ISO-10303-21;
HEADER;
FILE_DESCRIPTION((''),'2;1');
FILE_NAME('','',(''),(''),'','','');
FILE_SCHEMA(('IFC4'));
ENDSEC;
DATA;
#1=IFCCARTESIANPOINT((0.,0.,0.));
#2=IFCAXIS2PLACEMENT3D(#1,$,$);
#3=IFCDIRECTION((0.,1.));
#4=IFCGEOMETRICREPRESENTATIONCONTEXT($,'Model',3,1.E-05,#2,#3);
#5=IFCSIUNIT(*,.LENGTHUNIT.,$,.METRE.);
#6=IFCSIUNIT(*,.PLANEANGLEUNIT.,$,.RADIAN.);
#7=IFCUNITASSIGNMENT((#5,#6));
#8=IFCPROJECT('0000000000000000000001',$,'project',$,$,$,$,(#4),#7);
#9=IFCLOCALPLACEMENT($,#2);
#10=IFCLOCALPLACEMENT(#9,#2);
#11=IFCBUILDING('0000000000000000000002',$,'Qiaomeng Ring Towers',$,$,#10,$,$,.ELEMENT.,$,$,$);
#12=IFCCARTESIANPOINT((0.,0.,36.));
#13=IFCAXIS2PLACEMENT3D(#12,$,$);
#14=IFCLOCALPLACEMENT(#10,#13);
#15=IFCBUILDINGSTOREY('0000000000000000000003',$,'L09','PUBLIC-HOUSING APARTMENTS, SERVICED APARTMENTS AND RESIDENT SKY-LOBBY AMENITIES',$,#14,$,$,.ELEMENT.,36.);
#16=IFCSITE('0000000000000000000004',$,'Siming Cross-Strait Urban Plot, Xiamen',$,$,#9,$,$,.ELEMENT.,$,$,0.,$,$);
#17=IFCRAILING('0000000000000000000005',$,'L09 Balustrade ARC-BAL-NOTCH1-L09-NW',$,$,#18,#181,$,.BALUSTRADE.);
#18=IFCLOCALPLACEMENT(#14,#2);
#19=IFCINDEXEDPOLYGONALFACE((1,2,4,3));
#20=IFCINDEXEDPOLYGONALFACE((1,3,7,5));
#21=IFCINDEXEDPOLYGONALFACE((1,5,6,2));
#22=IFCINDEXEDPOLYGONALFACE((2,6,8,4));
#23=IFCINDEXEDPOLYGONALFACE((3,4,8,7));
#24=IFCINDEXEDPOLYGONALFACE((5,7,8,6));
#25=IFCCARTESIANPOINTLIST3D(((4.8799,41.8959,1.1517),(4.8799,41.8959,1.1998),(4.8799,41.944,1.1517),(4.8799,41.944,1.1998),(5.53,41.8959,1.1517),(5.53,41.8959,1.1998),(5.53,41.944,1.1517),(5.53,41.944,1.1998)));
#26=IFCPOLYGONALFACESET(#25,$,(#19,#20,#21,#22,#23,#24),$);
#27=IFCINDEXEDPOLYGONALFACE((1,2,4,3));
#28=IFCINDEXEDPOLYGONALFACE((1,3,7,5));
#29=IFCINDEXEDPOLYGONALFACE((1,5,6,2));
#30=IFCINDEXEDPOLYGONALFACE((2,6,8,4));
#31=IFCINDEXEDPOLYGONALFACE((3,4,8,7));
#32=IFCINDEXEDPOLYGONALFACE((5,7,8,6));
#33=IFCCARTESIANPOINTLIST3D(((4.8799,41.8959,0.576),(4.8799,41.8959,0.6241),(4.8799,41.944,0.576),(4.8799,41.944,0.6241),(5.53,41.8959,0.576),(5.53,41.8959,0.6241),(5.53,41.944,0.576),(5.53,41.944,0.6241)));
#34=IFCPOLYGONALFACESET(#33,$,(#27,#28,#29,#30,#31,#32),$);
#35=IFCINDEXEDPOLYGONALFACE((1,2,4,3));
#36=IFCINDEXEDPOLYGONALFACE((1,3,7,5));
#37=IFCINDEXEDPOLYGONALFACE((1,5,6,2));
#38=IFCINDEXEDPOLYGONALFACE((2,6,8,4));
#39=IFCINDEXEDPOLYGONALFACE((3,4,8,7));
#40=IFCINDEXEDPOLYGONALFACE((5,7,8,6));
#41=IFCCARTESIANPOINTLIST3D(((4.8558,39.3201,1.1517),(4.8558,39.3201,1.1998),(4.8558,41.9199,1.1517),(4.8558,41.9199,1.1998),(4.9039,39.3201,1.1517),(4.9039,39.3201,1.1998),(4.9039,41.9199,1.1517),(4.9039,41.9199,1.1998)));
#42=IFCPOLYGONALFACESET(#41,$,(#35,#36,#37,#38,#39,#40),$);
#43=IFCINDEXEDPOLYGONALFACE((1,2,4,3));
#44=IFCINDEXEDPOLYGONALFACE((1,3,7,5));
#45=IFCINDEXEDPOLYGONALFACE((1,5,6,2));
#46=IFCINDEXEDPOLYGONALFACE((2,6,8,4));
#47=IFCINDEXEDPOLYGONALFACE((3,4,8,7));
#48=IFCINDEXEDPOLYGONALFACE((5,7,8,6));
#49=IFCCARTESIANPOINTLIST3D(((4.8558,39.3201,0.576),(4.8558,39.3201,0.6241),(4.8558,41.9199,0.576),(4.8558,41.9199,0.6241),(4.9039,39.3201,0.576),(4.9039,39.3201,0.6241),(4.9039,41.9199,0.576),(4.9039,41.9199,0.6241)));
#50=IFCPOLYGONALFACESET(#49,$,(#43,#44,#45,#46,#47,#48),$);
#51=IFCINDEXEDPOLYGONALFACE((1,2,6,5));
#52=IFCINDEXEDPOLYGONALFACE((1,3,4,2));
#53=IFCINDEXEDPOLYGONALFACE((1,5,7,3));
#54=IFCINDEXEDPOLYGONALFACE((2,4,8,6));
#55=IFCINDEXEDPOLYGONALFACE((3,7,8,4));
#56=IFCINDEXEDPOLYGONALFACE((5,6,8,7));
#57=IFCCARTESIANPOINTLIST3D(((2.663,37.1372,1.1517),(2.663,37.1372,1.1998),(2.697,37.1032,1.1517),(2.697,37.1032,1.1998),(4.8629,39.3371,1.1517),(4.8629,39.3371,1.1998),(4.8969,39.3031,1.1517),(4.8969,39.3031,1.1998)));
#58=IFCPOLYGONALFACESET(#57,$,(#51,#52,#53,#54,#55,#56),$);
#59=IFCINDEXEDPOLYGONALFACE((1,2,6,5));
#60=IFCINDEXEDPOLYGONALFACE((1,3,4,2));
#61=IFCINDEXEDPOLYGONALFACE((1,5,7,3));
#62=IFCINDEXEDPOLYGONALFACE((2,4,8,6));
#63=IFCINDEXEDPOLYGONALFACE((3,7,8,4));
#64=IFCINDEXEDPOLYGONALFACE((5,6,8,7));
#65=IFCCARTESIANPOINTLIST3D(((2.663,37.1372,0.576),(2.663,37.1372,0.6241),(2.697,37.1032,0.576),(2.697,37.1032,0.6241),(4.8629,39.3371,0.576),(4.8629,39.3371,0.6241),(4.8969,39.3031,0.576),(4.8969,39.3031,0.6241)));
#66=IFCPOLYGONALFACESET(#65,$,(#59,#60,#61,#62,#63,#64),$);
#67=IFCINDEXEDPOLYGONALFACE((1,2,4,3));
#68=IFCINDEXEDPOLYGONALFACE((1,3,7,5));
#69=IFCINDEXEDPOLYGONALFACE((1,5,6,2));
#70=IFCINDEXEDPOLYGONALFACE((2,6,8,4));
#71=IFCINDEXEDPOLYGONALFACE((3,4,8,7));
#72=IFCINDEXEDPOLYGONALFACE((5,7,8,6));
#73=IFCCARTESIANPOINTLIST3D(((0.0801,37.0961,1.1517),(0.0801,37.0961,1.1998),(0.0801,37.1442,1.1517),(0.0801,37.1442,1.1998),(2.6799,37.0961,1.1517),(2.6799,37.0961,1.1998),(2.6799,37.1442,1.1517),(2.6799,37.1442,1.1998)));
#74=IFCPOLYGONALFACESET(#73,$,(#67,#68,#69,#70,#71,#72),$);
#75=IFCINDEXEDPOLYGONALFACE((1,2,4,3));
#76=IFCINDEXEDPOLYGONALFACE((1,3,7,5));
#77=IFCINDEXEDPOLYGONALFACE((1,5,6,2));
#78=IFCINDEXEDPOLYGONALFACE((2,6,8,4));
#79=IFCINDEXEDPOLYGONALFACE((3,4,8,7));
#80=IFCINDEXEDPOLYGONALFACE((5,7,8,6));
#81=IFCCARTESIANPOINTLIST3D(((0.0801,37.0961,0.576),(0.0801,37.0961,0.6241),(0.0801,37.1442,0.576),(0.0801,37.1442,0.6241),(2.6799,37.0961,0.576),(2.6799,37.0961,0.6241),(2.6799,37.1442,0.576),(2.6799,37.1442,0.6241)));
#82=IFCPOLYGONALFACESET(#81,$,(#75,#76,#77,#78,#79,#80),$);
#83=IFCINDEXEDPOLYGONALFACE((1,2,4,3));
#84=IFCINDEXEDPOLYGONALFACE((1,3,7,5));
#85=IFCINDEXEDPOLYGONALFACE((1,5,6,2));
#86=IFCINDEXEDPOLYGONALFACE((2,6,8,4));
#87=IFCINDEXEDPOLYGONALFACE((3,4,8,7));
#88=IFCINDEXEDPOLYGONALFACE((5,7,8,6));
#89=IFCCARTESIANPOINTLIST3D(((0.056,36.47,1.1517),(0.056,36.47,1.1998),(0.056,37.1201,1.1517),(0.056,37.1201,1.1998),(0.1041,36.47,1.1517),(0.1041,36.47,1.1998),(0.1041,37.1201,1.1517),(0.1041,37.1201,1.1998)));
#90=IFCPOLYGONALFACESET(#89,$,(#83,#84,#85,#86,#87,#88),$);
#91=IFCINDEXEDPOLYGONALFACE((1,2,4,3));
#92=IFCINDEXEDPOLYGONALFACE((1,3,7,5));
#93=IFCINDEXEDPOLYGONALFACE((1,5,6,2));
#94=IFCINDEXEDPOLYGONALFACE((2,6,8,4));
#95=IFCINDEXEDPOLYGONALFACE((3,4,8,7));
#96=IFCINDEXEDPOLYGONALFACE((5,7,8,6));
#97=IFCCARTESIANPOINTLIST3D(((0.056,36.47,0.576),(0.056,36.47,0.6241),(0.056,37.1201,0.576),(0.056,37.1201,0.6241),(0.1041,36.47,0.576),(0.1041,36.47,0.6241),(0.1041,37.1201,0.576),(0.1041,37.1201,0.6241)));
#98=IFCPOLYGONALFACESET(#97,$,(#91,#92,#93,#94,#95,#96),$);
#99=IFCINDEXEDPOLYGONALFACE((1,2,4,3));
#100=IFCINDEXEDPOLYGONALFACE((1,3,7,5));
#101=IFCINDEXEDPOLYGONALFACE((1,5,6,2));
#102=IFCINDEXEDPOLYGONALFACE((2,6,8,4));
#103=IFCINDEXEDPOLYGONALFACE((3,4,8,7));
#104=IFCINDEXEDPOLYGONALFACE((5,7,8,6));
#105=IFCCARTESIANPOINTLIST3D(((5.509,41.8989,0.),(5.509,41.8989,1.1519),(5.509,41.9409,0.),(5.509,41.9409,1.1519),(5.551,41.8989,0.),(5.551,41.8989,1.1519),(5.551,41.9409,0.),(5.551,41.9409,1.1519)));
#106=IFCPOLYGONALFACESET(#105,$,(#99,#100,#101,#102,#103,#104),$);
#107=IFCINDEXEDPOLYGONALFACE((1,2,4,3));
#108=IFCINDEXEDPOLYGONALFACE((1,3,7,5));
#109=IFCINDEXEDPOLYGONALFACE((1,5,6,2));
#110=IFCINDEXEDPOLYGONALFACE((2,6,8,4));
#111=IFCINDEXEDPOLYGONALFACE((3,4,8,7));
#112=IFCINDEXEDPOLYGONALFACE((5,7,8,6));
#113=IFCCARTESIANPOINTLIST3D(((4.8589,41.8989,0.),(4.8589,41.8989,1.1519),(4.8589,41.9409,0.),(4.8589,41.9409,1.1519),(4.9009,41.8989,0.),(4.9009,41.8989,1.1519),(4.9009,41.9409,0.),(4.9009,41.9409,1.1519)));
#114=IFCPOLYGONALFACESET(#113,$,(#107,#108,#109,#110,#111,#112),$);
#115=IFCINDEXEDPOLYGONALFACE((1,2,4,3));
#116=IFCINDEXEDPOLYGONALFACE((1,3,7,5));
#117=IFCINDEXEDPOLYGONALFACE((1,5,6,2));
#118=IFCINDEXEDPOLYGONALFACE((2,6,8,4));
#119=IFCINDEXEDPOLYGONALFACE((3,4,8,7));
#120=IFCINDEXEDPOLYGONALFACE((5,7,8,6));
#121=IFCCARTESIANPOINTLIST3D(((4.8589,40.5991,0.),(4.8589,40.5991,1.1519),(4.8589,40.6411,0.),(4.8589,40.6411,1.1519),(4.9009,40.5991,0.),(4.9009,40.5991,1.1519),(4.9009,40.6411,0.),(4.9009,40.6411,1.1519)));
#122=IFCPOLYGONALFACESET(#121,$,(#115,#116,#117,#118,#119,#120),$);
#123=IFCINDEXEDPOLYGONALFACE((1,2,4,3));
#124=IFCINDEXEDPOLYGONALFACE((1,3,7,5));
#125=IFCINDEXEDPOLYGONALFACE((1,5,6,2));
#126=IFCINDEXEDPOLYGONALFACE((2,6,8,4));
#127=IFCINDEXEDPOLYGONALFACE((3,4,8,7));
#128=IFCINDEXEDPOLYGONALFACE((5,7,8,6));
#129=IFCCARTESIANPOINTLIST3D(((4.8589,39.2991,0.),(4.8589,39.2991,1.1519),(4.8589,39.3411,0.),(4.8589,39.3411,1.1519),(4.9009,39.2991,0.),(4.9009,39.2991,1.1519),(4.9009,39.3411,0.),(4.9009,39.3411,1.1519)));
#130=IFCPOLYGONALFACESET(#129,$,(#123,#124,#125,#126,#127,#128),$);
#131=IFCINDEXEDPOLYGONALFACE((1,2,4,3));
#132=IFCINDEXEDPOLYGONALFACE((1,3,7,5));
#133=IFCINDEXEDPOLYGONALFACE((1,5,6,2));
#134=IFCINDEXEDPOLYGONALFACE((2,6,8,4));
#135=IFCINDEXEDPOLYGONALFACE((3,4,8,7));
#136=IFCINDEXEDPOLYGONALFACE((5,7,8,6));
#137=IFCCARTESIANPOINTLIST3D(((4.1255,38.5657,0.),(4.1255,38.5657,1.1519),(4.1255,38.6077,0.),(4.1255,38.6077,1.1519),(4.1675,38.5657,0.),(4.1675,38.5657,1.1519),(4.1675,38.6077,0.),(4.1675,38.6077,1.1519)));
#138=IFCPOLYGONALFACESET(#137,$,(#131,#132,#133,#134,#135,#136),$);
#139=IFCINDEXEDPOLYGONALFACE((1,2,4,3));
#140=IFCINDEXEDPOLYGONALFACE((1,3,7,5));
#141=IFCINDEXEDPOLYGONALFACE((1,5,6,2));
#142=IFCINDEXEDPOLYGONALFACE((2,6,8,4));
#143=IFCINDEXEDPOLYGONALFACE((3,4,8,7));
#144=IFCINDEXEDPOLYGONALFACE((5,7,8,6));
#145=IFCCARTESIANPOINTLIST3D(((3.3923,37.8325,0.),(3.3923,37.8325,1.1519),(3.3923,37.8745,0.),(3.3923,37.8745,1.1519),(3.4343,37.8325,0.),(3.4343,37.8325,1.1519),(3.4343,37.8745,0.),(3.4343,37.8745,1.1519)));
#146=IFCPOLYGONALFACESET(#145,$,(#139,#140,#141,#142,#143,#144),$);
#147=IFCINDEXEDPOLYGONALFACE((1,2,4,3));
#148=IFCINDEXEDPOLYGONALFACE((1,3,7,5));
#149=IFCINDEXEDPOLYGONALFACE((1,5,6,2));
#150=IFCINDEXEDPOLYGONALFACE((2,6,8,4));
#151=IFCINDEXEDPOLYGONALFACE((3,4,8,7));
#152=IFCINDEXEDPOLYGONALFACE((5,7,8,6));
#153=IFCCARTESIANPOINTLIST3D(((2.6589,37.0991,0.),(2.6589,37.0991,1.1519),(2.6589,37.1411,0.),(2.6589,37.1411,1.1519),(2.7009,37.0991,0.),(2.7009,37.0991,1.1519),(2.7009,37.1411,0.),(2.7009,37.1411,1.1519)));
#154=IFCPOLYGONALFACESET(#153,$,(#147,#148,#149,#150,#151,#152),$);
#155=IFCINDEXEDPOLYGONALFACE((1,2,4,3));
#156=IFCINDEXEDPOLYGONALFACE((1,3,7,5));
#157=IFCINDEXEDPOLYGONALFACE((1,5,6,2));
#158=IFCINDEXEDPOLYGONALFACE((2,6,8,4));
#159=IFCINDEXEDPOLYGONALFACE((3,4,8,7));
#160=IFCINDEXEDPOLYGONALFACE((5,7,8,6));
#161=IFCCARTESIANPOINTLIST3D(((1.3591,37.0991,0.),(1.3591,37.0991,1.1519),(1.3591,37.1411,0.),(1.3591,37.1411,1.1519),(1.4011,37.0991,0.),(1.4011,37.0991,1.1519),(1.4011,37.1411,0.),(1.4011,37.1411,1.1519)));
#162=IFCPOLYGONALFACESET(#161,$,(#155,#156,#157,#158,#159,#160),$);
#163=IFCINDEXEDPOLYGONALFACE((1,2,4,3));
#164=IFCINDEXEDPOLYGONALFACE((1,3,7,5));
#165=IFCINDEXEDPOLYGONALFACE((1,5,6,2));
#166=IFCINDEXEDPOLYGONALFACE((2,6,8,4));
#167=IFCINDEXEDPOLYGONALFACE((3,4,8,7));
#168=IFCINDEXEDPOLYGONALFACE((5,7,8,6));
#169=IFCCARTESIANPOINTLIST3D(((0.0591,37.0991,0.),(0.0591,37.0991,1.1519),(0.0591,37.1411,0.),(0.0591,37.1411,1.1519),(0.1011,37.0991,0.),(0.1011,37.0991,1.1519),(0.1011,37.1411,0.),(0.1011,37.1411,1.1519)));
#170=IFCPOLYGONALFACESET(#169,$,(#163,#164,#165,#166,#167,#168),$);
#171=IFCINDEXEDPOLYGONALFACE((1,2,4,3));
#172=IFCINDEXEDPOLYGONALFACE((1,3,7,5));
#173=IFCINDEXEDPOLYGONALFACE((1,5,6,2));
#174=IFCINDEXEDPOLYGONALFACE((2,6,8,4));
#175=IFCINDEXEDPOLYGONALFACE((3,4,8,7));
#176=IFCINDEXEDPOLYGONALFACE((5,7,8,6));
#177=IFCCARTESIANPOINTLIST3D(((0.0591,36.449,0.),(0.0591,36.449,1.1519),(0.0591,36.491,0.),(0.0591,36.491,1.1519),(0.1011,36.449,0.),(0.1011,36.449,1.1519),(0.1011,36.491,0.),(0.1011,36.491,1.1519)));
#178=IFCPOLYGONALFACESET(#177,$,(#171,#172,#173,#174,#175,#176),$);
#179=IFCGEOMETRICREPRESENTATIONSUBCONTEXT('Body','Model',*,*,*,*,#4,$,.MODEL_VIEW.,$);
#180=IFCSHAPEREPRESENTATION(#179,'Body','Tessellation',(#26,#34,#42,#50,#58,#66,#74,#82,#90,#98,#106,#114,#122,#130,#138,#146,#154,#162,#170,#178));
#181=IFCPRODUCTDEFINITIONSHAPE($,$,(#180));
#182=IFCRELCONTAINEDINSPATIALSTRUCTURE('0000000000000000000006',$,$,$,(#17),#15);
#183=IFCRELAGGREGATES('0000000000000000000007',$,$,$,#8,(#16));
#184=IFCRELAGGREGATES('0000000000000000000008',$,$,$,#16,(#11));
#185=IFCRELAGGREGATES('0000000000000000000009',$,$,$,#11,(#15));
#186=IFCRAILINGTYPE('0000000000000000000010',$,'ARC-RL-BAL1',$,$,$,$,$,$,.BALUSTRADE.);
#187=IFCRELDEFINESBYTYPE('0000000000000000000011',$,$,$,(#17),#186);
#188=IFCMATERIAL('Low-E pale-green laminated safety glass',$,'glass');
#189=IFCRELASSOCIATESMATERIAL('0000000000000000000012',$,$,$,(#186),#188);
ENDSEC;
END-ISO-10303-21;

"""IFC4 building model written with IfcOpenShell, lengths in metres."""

from ifc_helpers import new_model, si_unit, direction, frame, origin, origin_2d, place, context, subcontext, project, spatial, rectangle, extrude, material, type_object, element, save


model = new_model("IFC4")

# Units and contexts
model_context = context("Model", 3, precision=1e-05, world=origin(), true_north=direction((0.0, 1.0)))
body_context = subcontext(model_context, "Body", "Model", "MODEL_VIEW")
ifc_project = project(units=[si_unit("LENGTHUNIT", "METRE"), si_unit("PLANEANGLEUNIT", "RADIAN")], contexts=[model_context])

# Site, building, storey
site_placement = place(None, origin())
site = spatial("IfcSite", under=ifc_project, at=site_placement, Name="Siming Cross-Strait Urban Plot, Xiamen", CompositionType="ELEMENT", RefElevation=0.0)
building_placement = place(site_placement, origin())
building = spatial("IfcBuilding", under=site, at=building_placement, Name="Qiaomeng Ring Towers", CompositionType="ELEMENT")
storey_placement = place(building_placement, frame((0.0, 0.0, 36.0)))
storey = spatial("IfcBuildingStorey", under=building, at=storey_placement, Name="L09", Description="PUBLIC-HOUSING APARTMENTS, SERVICED APARTMENTS AND RESIDENT SKY-LOBBY AMENITIES", CompositionType="ELEMENT", Elevation=36.0)

# Railing
ifc_material_1 = material(Name="Low-E pale-green laminated safety glass", Category="glass")
railing_type = type_object("IfcRailingType", Name="ARC-RL-BAL1", PredefinedType="BALUSTRADE", material=ifc_material_1)
railing_placement = place(storey_placement, frame((5.53, 41.9199, 0.0)))
element("IfcRailing", 1, at=railing_placement, inside=storey, type_object=railing_type, Name="L09 Balustrade ARC-BAL-NOTCH1-L09-NW", PredefinedType="BALUSTRADE", context=body_context, shape_type="SweptSolid", body=[
    extrude(rectangle(XDim=0.0481, YDim=0.0481, at=origin_2d()), frame((0.0, 0.0, 1.1758), z_axis=(-1.0, 0.0, 0.0), x_axis=(0.0, -1.0, 0.0)), (0.0, 0.0, 1.0), 0.6501),
    extrude(rectangle(XDim=0.0481, YDim=0.0481, at=origin_2d()), frame((0.0, 0.0, 0.6001), z_axis=(-1.0, 0.0, 0.0), x_axis=(0.0, -1.0, 0.0)), (0.0, 0.0, 1.0), 0.6501),
    extrude(rectangle(XDim=0.0481, YDim=0.0481, at=origin_2d()), frame((-0.6501, 0.0, 1.1758), z_axis=(0.0, -1.0, 0.0), x_axis=(1.0, 0.0, 0.0)), (0.0, 0.0, 1.0), 2.5999),
    extrude(rectangle(XDim=0.0481, YDim=0.0481, at=origin_2d()), frame((-0.6501, 0.0, 0.6001), z_axis=(0.0, -1.0, 0.0), x_axis=(1.0, 0.0, 0.0)), (0.0, 0.0, 1.0), 2.5999),
    extrude(rectangle(XDim=0.0481, YDim=0.0481, at=origin_2d()), frame((-0.6501, -2.5999, 1.1758), z_axis=(-0.707107, -0.707107, 0.0), x_axis=(0.707107, -0.707107, 0.0)), (0.0, 0.0, 1.0), 3.1111),
    extrude(rectangle(XDim=0.0481, YDim=0.0481, at=origin_2d()), frame((-0.6501, -2.5999, 0.6001), z_axis=(-0.707107, -0.707107, 0.0), x_axis=(0.707107, -0.707107, 0.0)), (0.0, 0.0, 1.0), 3.1111),
    extrude(rectangle(XDim=0.0481, YDim=0.0481, at=origin_2d()), frame((-2.8501, -4.7998, 1.1758), z_axis=(-1.0, 0.0, 0.0), x_axis=(0.0, -1.0, 0.0)), (0.0, 0.0, 1.0), 2.5999),
    extrude(rectangle(XDim=0.0481, YDim=0.0481, at=origin_2d()), frame((-2.8501, -4.7998, 0.6001), z_axis=(-1.0, 0.0, 0.0), x_axis=(0.0, -1.0, 0.0)), (0.0, 0.0, 1.0), 2.5999),
    extrude(rectangle(XDim=0.0481, YDim=0.0481, at=origin_2d()), frame((-5.45, -4.7998, 1.1758), z_axis=(0.0, -1.0, 0.0), x_axis=(1.0, 0.0, 0.0)), (0.0, 0.0, 1.0), 0.6501),
    extrude(rectangle(XDim=0.0481, YDim=0.0481, at=origin_2d()), frame((-5.45, -4.7998, 0.6001), z_axis=(0.0, -1.0, 0.0), x_axis=(1.0, 0.0, 0.0)), (0.0, 0.0, 1.0), 0.6501),
    extrude(rectangle(XDim=0.042, YDim=0.042, at=origin_2d()), origin(), (0.0, 0.0, 1.0), 1.1519),
    extrude(rectangle(XDim=0.042, YDim=0.042, at=origin_2d()), frame((-0.6501, 0.0, 0.0)), (0.0, 0.0, 1.0), 1.1519),
    extrude(rectangle(XDim=0.042, YDim=0.042, at=origin_2d()), frame((-0.6501, -1.2998, 0.0)), (0.0, 0.0, 1.0), 1.1519),
    extrude(rectangle(XDim=0.042, YDim=0.042, at=origin_2d()), frame((-0.6501, -2.5999, 0.0)), (0.0, 0.0, 1.0), 1.1519),
    extrude(rectangle(XDim=0.042, YDim=0.042, at=origin_2d()), frame((-1.3835, -3.3333, 0.0)), (0.0, 0.0, 1.0), 1.1519),
    extrude(rectangle(XDim=0.042, YDim=0.042, at=origin_2d()), frame((-2.1167, -4.0664, 0.0)), (0.0, 0.0, 1.0), 1.1519),
    extrude(rectangle(XDim=0.042, YDim=0.042, at=origin_2d()), frame((-2.8501, -4.7998, 0.0)), (0.0, 0.0, 1.0), 1.1519),
    extrude(rectangle(XDim=0.042, YDim=0.042, at=origin_2d()), frame((-4.1499, -4.7998, 0.0)), (0.0, 0.0, 1.0), 1.1519),
    extrude(rectangle(XDim=0.042, YDim=0.042, at=origin_2d()), frame((-5.45, -4.7998, 0.0)), (0.0, 0.0, 1.0), 1.1519),
    extrude(rectangle(XDim=0.042, YDim=0.042, at=origin_2d()), frame((-5.45, -5.45, 0.0)), (0.0, 0.0, 1.0), 1.1519),
])

save(model, "model.ifc")
